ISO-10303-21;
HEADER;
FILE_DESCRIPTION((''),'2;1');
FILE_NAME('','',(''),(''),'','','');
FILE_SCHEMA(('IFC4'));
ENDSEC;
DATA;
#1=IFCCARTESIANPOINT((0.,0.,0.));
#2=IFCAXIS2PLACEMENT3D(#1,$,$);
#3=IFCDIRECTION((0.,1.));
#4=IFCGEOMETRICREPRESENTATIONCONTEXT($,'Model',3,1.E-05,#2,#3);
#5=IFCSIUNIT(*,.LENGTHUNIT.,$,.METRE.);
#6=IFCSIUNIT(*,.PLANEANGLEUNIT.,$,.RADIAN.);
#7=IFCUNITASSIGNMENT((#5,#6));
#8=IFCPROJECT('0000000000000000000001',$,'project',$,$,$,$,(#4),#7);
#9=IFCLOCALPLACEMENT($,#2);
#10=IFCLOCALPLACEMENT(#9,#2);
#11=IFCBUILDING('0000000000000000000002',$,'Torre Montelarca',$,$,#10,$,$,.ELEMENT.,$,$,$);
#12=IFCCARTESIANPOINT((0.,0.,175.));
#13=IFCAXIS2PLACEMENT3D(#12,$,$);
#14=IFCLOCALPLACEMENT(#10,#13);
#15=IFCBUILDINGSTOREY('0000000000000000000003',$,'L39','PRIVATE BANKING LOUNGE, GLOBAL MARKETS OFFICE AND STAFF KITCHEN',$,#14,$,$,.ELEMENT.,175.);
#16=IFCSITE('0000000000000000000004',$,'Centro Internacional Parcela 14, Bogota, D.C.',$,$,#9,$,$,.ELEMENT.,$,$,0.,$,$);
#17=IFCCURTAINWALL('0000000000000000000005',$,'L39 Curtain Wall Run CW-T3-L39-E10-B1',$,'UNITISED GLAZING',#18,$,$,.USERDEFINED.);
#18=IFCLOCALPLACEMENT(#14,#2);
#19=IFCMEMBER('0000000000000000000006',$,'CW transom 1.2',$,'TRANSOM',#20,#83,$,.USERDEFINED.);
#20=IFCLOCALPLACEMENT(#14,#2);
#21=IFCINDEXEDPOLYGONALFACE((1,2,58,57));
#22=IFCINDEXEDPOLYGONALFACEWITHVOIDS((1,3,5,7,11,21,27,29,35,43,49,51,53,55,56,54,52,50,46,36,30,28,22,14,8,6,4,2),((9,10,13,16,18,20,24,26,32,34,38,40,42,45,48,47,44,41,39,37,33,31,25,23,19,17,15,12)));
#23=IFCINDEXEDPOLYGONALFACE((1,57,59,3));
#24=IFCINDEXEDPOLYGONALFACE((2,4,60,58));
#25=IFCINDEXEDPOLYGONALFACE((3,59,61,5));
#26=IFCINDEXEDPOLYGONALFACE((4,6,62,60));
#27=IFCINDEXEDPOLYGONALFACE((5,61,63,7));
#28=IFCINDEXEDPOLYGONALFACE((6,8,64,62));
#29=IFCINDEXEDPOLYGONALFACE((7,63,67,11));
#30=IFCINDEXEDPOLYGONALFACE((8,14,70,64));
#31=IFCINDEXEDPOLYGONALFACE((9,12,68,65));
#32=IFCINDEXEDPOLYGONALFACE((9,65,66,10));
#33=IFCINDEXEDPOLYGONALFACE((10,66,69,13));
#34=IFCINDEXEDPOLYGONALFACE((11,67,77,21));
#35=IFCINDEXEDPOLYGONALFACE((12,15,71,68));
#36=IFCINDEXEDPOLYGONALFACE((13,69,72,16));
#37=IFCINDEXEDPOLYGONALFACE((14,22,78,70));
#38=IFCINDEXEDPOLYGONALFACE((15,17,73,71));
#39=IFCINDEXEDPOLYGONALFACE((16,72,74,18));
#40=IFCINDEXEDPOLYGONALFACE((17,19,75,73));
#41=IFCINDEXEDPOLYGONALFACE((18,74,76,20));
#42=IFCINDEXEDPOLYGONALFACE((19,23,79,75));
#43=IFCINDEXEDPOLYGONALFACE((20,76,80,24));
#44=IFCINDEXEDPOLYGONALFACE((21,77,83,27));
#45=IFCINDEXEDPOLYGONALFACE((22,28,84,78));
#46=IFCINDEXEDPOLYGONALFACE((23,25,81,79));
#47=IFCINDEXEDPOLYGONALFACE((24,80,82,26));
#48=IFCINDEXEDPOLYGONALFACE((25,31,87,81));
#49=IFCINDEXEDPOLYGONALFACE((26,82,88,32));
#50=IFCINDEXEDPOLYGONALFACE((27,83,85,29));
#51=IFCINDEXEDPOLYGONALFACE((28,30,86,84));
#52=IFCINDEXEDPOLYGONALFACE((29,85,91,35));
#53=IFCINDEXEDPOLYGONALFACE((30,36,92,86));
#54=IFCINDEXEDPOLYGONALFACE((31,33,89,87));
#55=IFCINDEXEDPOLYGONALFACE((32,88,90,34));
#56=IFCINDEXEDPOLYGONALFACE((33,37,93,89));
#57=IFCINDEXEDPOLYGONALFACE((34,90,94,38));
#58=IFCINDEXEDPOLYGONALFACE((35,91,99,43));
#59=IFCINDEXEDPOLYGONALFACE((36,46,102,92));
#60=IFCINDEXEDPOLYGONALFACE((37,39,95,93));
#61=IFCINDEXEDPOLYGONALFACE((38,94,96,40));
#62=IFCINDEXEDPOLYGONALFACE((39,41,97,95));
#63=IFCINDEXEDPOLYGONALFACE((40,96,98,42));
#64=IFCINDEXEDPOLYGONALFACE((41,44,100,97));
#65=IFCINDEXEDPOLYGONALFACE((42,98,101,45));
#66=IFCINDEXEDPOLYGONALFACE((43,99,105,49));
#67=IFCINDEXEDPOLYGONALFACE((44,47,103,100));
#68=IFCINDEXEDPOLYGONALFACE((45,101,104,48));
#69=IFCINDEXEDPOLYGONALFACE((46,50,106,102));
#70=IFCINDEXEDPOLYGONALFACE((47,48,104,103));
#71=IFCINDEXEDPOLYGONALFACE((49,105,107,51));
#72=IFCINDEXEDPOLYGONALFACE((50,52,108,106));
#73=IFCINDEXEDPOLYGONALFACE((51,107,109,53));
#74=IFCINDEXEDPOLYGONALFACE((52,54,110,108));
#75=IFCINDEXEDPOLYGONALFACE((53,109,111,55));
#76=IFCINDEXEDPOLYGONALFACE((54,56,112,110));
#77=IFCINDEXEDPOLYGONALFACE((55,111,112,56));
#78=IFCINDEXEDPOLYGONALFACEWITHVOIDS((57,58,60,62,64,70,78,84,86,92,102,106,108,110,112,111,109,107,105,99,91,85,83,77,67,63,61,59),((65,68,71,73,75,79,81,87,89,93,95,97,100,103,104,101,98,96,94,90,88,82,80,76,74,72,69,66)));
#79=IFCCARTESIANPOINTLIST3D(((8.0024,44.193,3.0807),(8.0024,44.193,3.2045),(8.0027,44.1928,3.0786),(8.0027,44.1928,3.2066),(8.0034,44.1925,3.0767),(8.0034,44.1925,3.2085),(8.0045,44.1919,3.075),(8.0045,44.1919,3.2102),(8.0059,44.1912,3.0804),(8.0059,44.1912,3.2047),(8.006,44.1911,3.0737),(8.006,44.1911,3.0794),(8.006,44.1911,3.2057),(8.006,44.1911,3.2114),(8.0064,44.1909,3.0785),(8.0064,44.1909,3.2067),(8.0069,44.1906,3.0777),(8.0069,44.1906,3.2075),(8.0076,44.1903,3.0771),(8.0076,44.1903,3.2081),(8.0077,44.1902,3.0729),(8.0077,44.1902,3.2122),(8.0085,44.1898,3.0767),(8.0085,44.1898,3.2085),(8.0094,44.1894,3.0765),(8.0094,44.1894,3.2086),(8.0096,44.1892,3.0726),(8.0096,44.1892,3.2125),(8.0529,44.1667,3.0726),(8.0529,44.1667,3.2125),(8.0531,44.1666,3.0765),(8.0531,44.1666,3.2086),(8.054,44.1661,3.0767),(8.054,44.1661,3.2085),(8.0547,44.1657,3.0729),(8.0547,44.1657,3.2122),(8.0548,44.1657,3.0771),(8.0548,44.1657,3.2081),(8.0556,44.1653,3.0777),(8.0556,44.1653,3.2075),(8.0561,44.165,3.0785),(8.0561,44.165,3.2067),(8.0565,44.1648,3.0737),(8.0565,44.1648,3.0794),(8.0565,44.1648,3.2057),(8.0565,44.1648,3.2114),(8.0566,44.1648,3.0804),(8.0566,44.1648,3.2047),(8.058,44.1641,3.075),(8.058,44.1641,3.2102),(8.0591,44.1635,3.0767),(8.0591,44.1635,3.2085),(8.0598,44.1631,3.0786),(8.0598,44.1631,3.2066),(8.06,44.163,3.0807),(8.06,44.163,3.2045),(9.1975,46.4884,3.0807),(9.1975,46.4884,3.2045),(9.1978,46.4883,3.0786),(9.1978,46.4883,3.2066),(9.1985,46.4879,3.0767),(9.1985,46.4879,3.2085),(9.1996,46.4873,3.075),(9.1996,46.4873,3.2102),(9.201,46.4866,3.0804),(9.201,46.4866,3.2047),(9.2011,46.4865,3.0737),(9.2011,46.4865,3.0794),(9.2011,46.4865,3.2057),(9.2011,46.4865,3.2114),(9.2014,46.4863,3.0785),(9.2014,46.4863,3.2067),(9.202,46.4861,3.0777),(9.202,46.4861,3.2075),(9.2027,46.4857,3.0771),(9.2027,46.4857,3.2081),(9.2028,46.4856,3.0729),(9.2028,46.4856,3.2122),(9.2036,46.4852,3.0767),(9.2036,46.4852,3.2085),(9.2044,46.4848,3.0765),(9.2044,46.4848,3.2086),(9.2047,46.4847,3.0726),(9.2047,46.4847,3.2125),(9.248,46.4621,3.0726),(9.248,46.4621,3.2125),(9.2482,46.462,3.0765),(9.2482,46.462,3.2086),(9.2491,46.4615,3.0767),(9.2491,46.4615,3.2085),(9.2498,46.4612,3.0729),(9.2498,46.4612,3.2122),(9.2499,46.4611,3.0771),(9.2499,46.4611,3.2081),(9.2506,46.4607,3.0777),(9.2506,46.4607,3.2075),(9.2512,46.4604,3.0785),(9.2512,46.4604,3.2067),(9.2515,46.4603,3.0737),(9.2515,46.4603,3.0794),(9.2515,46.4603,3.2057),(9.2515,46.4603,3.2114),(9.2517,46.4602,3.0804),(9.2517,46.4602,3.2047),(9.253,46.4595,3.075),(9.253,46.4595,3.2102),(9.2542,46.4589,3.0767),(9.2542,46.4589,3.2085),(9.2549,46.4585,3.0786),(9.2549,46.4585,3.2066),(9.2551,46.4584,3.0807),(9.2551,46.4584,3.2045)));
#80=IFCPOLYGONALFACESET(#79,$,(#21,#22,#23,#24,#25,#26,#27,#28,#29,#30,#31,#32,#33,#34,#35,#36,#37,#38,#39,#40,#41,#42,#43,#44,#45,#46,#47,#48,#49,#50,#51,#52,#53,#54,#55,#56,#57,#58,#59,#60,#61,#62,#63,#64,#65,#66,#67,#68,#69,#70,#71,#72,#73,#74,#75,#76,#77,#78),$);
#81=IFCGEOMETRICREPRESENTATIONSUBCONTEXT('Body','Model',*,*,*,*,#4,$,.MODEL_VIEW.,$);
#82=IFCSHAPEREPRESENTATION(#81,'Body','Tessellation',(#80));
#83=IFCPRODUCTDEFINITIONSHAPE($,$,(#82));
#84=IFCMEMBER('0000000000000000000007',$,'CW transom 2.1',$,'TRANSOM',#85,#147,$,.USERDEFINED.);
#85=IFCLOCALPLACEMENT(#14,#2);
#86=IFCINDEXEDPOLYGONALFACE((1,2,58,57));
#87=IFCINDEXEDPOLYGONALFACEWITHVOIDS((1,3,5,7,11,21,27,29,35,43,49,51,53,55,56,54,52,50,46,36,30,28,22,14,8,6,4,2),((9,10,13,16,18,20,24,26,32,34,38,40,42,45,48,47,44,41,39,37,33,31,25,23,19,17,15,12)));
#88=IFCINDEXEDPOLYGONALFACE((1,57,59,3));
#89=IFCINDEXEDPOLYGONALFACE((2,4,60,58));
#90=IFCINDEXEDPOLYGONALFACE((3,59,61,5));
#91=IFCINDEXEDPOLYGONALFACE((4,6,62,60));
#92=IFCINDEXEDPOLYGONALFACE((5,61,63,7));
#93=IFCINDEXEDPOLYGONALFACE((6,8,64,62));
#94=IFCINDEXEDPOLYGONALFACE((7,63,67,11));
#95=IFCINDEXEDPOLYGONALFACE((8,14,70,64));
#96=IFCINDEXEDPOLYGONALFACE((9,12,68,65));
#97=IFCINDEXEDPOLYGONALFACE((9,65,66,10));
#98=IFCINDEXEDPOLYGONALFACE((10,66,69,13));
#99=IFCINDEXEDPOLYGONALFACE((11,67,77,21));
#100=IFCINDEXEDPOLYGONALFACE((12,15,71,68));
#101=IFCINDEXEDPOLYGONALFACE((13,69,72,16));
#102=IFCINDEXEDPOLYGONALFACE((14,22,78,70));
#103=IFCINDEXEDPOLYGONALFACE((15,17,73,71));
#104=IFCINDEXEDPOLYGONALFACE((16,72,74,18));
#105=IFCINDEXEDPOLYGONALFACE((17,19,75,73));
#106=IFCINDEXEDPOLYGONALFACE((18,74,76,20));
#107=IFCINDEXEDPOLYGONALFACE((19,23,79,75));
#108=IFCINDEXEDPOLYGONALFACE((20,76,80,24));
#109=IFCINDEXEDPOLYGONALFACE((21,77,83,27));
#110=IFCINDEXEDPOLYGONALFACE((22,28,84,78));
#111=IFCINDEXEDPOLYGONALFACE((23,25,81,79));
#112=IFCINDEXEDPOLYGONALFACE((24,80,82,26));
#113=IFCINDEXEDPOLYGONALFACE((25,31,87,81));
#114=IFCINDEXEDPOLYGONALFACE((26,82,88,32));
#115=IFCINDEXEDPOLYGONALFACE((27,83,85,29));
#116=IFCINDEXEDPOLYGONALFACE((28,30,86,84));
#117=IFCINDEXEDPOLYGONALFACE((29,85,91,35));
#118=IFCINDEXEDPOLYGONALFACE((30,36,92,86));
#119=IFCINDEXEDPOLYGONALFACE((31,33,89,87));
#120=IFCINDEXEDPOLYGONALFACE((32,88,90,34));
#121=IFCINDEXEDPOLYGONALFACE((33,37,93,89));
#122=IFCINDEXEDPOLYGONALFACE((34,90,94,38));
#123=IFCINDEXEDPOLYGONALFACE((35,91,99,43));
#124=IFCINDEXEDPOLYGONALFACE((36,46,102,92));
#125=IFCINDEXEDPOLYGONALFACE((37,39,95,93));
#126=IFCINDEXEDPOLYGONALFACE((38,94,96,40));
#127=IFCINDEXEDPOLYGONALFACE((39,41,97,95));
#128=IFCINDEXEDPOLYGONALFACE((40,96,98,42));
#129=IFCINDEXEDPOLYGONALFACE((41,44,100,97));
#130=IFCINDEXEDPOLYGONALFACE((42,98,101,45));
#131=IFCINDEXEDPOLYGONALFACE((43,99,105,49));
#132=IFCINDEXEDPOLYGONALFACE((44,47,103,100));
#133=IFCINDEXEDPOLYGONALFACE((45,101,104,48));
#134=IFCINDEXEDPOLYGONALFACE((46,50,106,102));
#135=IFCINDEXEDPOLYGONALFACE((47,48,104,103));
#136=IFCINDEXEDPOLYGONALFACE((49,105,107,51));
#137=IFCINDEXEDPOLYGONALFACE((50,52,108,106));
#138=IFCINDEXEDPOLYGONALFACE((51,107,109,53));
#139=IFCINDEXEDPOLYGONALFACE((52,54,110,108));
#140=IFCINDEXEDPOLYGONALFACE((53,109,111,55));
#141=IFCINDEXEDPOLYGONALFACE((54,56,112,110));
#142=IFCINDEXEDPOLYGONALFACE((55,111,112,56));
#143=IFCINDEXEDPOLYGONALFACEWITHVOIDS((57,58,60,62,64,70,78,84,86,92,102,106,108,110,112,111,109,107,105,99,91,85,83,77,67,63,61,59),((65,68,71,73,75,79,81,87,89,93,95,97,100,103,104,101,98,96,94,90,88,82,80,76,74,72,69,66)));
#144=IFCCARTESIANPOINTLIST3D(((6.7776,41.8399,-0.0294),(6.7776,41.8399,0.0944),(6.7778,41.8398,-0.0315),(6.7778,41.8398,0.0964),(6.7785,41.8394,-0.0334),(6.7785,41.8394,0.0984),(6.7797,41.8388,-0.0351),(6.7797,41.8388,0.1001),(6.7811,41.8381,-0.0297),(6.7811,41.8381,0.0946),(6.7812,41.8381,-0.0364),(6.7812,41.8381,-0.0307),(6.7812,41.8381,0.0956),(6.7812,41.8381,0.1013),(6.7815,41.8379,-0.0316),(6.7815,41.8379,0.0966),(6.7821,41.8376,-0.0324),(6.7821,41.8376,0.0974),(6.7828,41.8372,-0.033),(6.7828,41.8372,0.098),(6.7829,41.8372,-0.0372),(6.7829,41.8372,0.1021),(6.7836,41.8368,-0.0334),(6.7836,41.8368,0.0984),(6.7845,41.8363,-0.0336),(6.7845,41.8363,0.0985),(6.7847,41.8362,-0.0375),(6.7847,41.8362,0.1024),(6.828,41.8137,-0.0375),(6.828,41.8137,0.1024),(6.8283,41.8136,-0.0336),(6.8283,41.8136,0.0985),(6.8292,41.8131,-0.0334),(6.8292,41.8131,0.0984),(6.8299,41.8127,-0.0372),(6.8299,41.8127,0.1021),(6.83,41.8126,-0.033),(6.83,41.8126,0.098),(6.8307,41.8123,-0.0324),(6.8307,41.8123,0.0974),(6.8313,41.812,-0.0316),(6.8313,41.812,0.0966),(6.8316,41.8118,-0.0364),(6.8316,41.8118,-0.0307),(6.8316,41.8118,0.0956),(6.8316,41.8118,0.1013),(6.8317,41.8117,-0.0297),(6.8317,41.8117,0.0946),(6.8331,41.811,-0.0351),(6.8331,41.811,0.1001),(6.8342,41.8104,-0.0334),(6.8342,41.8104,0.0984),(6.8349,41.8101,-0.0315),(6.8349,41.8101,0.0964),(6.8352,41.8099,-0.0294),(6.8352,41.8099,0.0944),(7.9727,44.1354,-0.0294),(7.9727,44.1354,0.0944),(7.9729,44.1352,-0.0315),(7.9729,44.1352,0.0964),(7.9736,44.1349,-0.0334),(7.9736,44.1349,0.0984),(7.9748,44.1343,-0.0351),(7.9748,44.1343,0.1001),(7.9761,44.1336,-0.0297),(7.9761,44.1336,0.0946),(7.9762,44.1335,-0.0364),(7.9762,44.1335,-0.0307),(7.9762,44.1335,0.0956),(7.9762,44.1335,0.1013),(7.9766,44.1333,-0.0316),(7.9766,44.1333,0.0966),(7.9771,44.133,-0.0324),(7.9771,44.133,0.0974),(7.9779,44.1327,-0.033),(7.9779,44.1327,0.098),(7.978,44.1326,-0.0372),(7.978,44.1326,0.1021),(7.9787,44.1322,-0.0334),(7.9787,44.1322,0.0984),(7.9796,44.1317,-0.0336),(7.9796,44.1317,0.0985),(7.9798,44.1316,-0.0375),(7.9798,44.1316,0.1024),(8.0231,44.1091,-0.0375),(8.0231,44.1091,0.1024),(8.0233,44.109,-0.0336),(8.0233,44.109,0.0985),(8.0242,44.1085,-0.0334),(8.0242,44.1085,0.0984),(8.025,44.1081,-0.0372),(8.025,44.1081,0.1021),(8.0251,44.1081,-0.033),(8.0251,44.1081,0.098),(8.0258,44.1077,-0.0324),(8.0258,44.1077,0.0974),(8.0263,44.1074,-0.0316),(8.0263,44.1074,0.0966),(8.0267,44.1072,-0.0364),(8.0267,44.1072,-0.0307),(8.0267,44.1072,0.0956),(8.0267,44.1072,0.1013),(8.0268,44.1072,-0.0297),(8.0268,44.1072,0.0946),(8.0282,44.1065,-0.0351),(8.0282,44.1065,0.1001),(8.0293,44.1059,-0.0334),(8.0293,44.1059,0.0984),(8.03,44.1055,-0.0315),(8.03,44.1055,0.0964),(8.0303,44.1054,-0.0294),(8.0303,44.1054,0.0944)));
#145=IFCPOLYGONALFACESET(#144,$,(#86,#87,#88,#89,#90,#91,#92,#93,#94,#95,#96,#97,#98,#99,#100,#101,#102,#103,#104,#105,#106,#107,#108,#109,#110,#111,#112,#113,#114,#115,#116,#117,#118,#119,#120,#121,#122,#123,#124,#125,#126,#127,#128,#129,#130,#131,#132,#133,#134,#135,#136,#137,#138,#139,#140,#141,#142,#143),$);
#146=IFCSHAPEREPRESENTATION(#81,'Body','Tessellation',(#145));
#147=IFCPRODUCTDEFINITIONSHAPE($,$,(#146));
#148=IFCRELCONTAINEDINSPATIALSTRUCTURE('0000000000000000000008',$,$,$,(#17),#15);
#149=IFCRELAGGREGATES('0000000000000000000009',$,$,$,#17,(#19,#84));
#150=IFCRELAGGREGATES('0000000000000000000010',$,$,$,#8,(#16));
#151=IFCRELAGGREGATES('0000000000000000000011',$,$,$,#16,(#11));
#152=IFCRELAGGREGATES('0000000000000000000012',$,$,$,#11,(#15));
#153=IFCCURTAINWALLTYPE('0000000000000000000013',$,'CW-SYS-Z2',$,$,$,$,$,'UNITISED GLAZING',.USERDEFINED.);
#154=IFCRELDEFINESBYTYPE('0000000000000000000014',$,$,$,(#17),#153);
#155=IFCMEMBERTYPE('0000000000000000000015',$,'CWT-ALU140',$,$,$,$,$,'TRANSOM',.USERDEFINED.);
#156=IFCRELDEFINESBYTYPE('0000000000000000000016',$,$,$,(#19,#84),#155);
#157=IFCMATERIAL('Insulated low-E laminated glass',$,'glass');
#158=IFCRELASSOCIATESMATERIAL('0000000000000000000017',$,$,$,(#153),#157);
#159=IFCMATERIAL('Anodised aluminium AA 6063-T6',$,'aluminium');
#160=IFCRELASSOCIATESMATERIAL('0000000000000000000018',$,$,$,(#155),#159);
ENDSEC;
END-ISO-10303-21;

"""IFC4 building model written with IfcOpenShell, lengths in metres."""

from ifc_helpers import new_model, si_unit, direction, frame, origin, origin_2d, place, context, subcontext, project, spatial, hollow_rectangle, extrude, source, transform, mapped, material, material_profile, profile_set, type_object, element, aggregate, save


model = new_model("IFC4")

# Units and contexts
model_context = context("Model", 3, precision=1e-05, world=origin(), true_north=direction((0.0, 1.0)))
body_context = subcontext(model_context, "Body", "Model", "MODEL_VIEW")
ifc_project = project(units=[si_unit("LENGTHUNIT", "METRE"), si_unit("PLANEANGLEUNIT", "RADIAN")], contexts=[model_context])

# Site, building, storey
site_placement = place(None, origin())
site = spatial("IfcSite", under=ifc_project, at=site_placement, Name="Centro Internacional Parcela 14, Bogota, D.C.", CompositionType="ELEMENT", RefElevation=0.0)
building_placement = place(site_placement, origin())
building = spatial("IfcBuilding", under=site, at=building_placement, Name="Torre Montelarca", CompositionType="ELEMENT")
storey_placement = place(building_placement, frame((0.0, 0.0, 175.0)))
storey = spatial("IfcBuildingStorey", under=building, at=storey_placement, Name="L39", Description="PRIVATE BANKING LOUNGE, GLOBAL MARKETS OFFICE AND STAFF KITCHEN", CompositionType="ELEMENT", Elevation=175.0)

# Curtain wall, members
ifc_material_1 = material(Name="Insulated low-E laminated glass", Category="glass")
curtain_wall_type = type_object("IfcCurtainWallType", Name="CW-SYS-Z2", ElementType="UNITISED GLAZING", PredefinedType="USERDEFINED", material=ifc_material_1)
ifc_material_2 = material(Name="Anodised aluminium AA 6063-T6", Category="aluminium")
ifc_material_profile_1 = material_profile(ifc_material_2, hollow_rectangle(XDim=0.0649, YDim=0.1399, WallThickness=0.0039, InnerFilletRadius=0.0039, OuterFilletRadius=0.0081, at=origin_2d()), Name="ALU65X140X4", Category="aluminium")
ifc_profile_set_1 = profile_set([ifc_material_profile_1], Name="Anodised aluminium AA 6063-T6")
member_type_1 = type_object("IfcMemberType", Name="CWT-ALU140", ElementType="TRANSOM", PredefinedType="USERDEFINED", material=ifc_profile_set_1)
curtain_wall_1_placement = place(storey_placement, origin())
curtain_wall_1 = element("IfcCurtainWall", 1, at=curtain_wall_1_placement, inside=storey, type_object=curtain_wall_type, Name="L39 Curtain Wall Run CW-T3-L39-E10-B1", ObjectType="UNITISED GLAZING", PredefinedType="USERDEFINED")
shared_shape_1 = source(origin(), body_context, "Body", "SweptSolid", [
    extrude(hollow_rectangle(XDim=0.0649, YDim=0.1399, WallThickness=0.0039, InnerFilletRadius=0.0039, OuterFilletRadius=0.0081, at=origin_2d()), origin(), (0.0, 0.0, 1.0), 2.5879),
])
member_1_placement = place(storey_placement, frame((9.2263, 46.4734, 3.1426), z_axis=(-0.461795, -0.886987, 0.0), x_axis=(0.886987, -0.461795, 0.0)))
member_1 = element("IfcMember", 2, at=member_1_placement, type_object=member_type_1, Name="CW transom 1.2", ObjectType="TRANSOM", PredefinedType="USERDEFINED", context=body_context, shape_type="MappedRepresentation", body=[
    mapped(shared_shape_1, transform((0.0, 0.0, 0.0), scale=1.0)),
])
member_2_placement = place(storey_placement, frame((8.0015, 44.1204, 0.0325), z_axis=(-0.461795, -0.886987, 0.0), x_axis=(0.886987, -0.461795, 0.0)))
member_2 = element("IfcMember", 3, at=member_2_placement, type_object=member_type_1, Name="CW transom 2.1", ObjectType="TRANSOM", PredefinedType="USERDEFINED", context=body_context, shape_type="MappedRepresentation", body=[
    mapped(shared_shape_1, transform((0.0, 0.0, 0.0), scale=1.0)),
])

aggregate(curtain_wall_1, [member_1, member_2])

save(model, "model.ifc")
